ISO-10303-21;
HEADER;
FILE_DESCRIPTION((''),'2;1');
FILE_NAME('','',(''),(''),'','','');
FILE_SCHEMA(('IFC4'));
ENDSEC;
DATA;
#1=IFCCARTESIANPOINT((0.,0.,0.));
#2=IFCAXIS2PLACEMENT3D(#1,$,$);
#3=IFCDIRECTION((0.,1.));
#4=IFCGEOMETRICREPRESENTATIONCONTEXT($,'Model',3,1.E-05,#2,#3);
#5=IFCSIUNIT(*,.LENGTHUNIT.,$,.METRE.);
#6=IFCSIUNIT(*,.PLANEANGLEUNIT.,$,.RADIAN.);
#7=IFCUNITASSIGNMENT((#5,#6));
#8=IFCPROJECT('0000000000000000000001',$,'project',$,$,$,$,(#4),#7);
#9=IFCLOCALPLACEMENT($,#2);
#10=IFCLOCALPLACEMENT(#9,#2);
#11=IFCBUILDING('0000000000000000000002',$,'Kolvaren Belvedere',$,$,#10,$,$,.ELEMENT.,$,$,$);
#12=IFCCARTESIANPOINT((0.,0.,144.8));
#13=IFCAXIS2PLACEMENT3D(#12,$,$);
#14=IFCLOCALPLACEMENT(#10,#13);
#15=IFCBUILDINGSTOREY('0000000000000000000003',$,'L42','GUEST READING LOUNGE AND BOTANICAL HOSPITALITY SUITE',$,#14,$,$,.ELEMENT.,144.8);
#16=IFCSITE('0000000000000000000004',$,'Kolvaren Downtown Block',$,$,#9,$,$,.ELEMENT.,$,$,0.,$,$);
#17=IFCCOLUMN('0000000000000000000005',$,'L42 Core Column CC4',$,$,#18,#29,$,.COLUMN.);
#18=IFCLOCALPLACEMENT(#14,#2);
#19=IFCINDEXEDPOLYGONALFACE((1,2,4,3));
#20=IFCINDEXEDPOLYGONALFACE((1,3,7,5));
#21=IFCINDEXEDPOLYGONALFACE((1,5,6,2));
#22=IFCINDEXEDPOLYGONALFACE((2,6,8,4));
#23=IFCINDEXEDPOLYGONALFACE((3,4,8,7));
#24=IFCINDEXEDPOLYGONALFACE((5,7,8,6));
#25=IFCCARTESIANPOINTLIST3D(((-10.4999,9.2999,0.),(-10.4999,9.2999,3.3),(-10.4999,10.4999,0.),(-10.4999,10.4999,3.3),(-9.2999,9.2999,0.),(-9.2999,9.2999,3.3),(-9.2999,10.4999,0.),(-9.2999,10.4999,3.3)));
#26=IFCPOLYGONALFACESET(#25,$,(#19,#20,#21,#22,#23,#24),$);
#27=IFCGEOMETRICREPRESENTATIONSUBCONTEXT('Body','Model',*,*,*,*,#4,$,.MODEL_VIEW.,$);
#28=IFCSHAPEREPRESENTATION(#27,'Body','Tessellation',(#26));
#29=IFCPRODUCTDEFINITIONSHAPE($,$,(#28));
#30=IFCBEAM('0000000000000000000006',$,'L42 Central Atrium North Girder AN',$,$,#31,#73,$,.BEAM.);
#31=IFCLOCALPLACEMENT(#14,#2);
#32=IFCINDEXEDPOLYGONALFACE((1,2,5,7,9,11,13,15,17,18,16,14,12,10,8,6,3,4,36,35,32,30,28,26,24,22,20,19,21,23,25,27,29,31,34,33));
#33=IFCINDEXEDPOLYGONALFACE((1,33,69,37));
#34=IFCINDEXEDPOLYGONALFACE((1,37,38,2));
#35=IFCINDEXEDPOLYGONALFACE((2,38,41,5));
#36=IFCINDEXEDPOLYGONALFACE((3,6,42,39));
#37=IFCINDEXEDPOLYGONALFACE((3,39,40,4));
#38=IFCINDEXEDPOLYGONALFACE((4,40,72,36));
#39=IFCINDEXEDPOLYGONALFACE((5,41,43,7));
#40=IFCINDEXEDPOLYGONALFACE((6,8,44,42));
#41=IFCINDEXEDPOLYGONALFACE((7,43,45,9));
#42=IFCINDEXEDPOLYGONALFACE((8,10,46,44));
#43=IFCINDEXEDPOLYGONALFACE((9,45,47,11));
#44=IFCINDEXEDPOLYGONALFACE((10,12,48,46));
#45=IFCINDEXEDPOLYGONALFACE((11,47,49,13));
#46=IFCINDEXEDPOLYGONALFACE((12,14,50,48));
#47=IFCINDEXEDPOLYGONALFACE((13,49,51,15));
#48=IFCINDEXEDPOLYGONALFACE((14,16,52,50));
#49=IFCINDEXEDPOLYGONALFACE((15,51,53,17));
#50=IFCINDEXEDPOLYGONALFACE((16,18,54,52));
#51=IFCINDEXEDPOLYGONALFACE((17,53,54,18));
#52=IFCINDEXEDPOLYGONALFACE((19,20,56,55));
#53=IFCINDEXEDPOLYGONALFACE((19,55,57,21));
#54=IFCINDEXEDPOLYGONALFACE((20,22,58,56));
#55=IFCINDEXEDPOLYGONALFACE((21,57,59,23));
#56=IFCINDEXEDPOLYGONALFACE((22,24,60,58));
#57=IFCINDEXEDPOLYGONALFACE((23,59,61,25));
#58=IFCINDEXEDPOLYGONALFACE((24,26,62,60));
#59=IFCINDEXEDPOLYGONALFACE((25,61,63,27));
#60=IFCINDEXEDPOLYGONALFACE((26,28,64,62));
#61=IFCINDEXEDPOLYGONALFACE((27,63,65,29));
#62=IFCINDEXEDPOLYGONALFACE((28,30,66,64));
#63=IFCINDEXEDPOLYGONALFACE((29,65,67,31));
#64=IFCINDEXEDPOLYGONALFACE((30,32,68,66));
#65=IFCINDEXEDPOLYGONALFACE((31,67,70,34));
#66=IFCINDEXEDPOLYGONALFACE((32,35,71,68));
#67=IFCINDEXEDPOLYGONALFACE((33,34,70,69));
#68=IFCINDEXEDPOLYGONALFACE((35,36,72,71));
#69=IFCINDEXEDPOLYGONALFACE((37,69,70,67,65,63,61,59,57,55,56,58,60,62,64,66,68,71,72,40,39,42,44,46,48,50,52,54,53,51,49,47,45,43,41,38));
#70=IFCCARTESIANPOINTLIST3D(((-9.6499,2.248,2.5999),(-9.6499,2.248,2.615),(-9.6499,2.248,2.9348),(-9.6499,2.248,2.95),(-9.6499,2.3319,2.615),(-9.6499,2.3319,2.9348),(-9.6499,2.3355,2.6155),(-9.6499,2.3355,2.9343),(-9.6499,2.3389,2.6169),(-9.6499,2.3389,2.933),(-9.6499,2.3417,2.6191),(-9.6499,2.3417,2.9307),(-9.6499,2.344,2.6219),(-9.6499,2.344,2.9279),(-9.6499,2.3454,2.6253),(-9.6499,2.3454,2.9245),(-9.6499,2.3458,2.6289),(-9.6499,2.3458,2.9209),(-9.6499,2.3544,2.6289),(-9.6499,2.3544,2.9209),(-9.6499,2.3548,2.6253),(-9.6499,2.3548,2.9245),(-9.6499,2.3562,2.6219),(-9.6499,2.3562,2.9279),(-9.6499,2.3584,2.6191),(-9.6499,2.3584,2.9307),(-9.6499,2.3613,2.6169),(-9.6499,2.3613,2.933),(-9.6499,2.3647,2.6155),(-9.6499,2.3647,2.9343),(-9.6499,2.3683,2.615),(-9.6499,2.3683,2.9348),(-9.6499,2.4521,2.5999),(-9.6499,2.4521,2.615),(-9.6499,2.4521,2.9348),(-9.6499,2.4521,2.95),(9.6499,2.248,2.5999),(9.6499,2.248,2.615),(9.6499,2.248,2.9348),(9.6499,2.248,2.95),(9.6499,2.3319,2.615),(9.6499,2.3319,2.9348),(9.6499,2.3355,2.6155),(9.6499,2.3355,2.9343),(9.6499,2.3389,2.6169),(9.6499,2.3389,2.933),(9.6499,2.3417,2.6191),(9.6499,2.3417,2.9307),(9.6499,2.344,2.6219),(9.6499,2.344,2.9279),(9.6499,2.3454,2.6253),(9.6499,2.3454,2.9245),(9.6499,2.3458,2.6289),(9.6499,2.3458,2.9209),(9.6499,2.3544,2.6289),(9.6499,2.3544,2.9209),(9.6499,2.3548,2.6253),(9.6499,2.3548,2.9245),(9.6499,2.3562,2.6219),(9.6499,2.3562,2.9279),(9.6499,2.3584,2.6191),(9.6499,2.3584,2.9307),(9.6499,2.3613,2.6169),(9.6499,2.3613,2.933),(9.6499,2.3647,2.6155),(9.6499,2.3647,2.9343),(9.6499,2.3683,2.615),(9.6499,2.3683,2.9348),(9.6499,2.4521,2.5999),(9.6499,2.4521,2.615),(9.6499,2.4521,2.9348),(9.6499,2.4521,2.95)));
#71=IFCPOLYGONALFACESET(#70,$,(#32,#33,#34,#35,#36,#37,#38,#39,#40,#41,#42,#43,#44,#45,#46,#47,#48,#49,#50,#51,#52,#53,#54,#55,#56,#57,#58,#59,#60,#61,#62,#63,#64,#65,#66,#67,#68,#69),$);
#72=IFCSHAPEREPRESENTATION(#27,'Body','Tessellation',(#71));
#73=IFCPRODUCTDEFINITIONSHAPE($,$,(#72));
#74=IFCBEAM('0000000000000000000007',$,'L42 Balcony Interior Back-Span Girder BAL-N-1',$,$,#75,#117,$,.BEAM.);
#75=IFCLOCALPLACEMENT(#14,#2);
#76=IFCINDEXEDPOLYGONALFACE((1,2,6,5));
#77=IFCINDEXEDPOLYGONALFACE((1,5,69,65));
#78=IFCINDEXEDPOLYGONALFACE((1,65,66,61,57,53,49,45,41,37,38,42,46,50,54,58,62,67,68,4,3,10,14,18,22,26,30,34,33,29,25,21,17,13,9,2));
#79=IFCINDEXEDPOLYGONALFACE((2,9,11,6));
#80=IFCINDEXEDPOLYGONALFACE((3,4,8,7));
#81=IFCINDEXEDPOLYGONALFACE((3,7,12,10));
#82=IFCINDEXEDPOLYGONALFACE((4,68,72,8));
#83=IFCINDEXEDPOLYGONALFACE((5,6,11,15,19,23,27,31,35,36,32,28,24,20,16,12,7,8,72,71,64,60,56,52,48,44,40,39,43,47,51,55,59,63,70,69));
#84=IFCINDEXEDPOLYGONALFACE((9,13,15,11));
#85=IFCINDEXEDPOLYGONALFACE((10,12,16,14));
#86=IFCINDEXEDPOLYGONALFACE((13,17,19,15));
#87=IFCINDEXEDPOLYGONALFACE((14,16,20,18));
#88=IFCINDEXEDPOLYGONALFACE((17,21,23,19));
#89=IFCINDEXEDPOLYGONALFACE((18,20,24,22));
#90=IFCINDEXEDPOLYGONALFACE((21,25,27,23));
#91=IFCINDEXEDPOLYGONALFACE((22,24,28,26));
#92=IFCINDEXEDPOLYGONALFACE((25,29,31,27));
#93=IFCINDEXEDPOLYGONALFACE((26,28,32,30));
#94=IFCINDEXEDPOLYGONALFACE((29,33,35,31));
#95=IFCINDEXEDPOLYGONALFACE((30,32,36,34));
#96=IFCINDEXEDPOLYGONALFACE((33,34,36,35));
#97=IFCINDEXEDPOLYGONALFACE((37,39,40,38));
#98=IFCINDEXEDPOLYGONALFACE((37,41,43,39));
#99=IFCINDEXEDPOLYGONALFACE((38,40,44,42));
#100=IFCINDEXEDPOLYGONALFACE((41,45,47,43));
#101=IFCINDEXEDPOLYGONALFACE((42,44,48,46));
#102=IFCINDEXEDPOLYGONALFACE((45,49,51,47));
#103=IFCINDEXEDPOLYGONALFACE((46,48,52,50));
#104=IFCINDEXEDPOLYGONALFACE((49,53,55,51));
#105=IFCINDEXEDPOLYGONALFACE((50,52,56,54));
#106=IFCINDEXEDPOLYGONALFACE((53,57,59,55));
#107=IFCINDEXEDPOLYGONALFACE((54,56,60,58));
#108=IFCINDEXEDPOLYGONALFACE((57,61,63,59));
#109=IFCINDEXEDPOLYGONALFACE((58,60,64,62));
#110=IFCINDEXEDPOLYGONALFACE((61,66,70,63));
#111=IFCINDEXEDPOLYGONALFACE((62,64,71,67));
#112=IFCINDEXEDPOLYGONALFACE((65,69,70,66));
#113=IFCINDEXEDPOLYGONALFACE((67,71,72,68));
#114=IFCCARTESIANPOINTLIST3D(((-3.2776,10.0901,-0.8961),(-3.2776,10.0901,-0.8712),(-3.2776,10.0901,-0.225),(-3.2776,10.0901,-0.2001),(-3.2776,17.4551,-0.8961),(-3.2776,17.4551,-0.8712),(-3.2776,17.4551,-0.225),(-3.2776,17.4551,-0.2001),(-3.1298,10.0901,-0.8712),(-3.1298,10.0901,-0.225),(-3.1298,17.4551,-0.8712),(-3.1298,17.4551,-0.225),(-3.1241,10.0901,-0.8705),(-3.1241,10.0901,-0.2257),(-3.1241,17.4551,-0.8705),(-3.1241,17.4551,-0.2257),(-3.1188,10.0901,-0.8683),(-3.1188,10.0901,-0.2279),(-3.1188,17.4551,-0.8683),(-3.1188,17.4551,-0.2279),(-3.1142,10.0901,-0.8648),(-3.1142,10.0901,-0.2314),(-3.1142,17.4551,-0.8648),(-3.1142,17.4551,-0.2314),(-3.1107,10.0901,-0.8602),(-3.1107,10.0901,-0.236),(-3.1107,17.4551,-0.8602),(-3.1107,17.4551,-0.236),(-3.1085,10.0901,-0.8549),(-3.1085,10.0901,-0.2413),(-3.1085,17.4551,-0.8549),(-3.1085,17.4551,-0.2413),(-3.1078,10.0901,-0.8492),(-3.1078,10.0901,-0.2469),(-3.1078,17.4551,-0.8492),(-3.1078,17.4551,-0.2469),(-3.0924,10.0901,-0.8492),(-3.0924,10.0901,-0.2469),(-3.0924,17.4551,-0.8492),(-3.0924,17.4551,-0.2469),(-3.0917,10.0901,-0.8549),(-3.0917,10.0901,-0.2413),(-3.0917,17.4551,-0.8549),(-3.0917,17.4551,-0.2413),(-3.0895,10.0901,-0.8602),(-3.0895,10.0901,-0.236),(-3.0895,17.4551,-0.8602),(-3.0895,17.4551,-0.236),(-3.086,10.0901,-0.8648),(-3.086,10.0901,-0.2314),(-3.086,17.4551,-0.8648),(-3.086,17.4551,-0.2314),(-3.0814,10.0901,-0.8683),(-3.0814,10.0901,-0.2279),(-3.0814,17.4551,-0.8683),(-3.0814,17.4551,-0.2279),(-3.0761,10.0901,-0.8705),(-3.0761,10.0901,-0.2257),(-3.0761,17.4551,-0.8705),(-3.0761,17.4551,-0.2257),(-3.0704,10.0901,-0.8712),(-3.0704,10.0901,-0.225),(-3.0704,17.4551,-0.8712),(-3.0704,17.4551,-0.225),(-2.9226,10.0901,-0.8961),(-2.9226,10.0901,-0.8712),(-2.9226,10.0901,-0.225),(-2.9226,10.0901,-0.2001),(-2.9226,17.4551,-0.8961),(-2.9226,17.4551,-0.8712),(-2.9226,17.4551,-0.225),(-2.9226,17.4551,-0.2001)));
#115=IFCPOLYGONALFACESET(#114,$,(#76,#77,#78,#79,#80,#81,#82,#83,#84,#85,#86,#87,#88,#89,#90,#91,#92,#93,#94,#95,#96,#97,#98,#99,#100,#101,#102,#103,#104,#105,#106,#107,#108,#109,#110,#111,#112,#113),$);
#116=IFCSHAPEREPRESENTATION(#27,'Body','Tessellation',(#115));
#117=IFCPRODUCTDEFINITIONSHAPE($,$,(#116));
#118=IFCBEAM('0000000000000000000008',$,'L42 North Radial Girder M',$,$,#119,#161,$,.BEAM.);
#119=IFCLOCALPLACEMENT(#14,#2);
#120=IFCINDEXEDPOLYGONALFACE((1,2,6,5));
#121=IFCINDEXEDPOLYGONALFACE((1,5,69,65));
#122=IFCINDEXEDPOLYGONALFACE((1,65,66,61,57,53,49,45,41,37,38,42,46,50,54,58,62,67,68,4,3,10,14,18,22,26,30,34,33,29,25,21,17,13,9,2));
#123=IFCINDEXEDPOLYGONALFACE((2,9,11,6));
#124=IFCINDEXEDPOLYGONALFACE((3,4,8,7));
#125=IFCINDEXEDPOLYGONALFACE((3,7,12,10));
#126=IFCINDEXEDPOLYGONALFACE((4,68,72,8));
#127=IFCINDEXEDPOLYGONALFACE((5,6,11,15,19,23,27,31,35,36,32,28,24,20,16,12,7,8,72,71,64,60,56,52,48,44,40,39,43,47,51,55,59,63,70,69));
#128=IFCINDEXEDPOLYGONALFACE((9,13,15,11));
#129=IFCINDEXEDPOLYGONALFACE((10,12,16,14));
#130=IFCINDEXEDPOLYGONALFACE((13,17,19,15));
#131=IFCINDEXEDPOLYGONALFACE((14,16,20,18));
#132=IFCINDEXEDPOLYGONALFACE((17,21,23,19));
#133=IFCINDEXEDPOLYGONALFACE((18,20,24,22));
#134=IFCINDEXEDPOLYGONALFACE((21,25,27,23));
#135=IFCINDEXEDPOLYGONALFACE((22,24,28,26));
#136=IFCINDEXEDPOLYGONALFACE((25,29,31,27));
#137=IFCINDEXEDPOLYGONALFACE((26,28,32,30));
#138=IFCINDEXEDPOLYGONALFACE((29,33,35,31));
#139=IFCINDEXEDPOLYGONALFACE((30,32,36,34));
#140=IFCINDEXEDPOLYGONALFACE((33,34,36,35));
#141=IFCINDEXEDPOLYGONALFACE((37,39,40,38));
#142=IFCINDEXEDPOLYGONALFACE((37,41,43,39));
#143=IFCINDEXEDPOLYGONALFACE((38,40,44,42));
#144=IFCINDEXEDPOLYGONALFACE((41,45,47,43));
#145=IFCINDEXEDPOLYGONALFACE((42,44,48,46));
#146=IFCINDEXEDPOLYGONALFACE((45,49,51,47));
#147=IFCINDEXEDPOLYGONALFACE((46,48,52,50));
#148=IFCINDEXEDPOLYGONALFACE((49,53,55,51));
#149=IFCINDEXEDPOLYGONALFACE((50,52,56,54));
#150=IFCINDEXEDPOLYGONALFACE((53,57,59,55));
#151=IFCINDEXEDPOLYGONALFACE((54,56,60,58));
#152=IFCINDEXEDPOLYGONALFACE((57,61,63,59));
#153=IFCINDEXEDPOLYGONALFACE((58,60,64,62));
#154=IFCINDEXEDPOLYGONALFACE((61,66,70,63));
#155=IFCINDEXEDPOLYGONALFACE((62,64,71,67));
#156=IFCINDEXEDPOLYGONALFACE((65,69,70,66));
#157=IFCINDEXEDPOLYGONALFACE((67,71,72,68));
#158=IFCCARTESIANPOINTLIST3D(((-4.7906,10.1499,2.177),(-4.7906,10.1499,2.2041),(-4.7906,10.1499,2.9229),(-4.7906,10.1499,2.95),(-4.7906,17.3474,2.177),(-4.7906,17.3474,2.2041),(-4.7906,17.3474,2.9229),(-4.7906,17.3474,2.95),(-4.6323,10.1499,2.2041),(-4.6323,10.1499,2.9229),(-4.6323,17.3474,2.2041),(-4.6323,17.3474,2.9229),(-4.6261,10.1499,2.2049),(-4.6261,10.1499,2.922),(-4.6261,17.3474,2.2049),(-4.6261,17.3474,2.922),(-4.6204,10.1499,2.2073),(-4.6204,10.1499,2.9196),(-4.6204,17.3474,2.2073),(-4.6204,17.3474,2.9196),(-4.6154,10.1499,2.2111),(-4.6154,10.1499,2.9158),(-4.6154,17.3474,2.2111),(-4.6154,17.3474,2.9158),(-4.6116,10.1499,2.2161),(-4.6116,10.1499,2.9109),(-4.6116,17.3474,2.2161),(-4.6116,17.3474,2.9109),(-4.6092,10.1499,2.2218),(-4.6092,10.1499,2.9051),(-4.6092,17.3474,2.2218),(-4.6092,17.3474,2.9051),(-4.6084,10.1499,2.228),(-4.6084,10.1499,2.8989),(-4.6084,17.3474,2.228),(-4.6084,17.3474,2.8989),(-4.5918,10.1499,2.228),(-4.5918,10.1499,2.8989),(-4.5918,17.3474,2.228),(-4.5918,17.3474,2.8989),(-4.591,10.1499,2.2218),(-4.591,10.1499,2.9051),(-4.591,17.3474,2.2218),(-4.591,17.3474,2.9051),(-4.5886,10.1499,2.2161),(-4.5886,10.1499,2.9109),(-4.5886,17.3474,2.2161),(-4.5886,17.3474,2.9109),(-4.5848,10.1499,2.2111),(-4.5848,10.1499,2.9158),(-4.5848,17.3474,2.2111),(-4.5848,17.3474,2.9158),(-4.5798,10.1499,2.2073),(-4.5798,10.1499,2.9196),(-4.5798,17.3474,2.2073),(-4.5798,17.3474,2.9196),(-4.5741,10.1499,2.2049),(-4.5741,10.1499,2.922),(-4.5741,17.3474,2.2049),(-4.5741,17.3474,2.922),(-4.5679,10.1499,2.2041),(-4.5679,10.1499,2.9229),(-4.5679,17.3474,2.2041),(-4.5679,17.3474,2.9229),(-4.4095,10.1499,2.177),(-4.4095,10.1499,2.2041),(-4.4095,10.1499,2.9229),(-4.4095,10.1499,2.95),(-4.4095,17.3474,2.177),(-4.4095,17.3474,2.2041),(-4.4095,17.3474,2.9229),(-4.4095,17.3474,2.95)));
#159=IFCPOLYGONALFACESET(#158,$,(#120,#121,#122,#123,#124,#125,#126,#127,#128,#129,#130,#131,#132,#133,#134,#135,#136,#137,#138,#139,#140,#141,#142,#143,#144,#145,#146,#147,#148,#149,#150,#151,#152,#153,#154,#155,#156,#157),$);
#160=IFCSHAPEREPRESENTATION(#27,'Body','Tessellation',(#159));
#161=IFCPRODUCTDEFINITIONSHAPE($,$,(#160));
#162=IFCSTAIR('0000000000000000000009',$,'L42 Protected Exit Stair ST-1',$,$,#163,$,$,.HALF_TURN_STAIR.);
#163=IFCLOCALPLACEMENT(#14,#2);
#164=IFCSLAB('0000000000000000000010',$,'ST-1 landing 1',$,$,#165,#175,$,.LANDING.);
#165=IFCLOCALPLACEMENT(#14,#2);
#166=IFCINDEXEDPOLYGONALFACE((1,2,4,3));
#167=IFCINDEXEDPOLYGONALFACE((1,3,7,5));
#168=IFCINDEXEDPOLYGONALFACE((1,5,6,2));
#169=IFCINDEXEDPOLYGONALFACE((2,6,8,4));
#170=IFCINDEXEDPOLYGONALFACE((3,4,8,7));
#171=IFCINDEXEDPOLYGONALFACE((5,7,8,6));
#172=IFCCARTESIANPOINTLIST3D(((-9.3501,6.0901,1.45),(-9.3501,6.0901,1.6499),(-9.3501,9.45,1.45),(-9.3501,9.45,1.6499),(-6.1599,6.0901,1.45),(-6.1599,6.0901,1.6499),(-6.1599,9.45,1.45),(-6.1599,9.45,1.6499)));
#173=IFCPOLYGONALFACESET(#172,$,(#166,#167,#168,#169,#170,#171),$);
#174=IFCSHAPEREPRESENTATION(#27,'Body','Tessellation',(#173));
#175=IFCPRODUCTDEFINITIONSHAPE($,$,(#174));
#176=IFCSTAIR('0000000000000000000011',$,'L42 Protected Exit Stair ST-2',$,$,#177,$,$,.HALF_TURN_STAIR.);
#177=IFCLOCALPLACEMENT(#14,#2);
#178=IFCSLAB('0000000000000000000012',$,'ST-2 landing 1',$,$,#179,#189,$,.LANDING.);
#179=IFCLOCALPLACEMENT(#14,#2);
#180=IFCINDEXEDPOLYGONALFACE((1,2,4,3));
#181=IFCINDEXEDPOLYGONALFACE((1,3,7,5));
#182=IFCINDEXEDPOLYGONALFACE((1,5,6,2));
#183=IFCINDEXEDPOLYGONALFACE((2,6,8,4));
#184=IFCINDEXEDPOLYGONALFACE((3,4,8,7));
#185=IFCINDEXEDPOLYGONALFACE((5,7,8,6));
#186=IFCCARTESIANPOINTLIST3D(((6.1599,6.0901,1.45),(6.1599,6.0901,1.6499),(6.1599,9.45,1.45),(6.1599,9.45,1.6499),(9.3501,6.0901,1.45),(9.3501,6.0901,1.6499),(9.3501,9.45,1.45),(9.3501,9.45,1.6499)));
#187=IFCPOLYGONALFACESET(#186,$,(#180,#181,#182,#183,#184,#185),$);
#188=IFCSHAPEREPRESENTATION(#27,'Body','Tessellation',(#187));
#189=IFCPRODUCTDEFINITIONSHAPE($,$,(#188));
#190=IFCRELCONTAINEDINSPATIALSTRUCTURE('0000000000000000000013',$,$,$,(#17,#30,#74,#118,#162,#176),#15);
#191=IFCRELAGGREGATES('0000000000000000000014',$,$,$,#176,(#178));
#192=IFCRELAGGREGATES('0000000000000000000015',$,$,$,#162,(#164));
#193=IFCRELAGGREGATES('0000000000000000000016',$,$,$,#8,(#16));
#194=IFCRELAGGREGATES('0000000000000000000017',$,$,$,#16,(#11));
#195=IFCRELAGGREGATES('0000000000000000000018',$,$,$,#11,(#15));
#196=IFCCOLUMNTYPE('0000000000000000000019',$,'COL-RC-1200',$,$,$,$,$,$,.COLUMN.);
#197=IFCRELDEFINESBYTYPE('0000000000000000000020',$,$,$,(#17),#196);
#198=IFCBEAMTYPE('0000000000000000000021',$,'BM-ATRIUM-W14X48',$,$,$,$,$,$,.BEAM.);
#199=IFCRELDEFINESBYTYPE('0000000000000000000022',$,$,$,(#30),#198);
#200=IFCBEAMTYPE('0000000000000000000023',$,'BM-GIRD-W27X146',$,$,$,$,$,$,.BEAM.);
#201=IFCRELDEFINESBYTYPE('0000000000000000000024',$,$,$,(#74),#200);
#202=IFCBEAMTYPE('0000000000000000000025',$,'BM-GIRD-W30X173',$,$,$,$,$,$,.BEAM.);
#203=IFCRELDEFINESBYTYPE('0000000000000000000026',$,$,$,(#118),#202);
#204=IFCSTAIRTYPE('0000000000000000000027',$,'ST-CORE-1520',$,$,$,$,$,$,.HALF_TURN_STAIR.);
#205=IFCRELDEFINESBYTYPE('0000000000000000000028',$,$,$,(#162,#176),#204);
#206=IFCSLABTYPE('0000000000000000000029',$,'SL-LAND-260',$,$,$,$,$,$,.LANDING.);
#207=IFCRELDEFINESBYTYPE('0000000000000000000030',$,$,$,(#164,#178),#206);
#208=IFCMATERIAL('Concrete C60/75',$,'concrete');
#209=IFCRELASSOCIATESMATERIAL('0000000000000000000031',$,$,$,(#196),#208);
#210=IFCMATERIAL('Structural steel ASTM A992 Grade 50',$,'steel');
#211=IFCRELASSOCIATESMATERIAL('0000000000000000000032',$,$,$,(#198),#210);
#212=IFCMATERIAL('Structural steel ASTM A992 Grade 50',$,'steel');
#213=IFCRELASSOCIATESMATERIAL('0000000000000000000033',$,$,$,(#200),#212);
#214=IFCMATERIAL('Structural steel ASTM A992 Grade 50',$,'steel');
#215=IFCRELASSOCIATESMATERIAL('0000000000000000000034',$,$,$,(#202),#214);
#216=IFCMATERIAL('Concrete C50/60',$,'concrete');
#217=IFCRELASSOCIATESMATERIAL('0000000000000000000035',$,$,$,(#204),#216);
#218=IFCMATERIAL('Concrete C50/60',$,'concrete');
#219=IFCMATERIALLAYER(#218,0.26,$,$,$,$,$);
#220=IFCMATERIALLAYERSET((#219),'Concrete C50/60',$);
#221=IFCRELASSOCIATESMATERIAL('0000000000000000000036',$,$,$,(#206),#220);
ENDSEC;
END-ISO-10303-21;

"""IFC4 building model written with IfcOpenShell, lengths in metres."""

from ifc_helpers import new_model, si_unit, direction, frame, origin, origin_2d, place, context, subcontext, project, spatial, polyline, rectangle, i_section, outline, extrude, material, layer, layer_set, material_profile, profile_set, type_object, element, aggregate, save


model = new_model("IFC4")

# Units and contexts
model_context = context("Model", 3, precision=1e-05, world=origin(), true_north=direction((0.0, 1.0)))
body_context = subcontext(model_context, "Body", "Model", "MODEL_VIEW")
ifc_project = project(units=[si_unit("LENGTHUNIT", "METRE"), si_unit("PLANEANGLEUNIT", "RADIAN")], contexts=[model_context])

# Site, building, storey
site_placement = place(None, origin())
site = spatial("IfcSite", under=ifc_project, at=site_placement, Name="Kolvaren Downtown Block", CompositionType="ELEMENT", RefElevation=0.0)
building_placement = place(site_placement, origin())
building = spatial("IfcBuilding", under=site, at=building_placement, Name="Kolvaren Belvedere", CompositionType="ELEMENT")
storey_placement = place(building_placement, frame((0.0, 0.0, 144.8)))
storey = spatial("IfcBuildingStorey", under=building, at=storey_placement, Name="L42", Description="GUEST READING LOUNGE AND BOTANICAL HOSPITALITY SUITE", CompositionType="ELEMENT", Elevation=144.8)

# Column
ifc_material_1 = material(Name="Concrete C60/75", Category="concrete")
ifc_material_profile_1 = material_profile(ifc_material_1, rectangle(XDim=1.2, YDim=1.2, at=origin_2d()), Name="RC 1200X1200")
ifc_profile_set_1 = profile_set([ifc_material_profile_1], Name="Concrete C60/75")
column_type = type_object("IfcColumnType", Name="COL-RC-1200", PredefinedType="COLUMN", material=ifc_profile_set_1)
column_placement = place(storey_placement, frame((-9.8999, 9.8999, 0.0), z_axis=(0.0, 0.0, 1.0), x_axis=(1.0, 0.0, 0.0)))
element("IfcColumn", 1, at=column_placement, inside=storey, type_object=column_type, Name="L42 Core Column CC4", PredefinedType="COLUMN", context=body_context, shape_type="SweptSolid", body=[
    extrude(rectangle(XDim=1.2, YDim=1.2, at=origin_2d()), origin(), (0.0, 0.0, 1.0), 3.3),
])

# Beams
ifc_material_2 = material(Name="Structural steel ASTM A992 Grade 50", Category="steel")
ifc_material_profile_2 = material_profile(ifc_material_2, i_section(OverallWidth=0.2041, OverallDepth=0.3501, WebThickness=0.0085, FlangeThickness=0.0151, FilletRadius=0.0139, at=origin_2d()), Name="W14X48")
ifc_profile_set_2 = profile_set([ifc_material_profile_2], Name="Structural steel ASTM A992 Grade 50")
beam_type_1 = type_object("IfcBeamType", Name="BM-ATRIUM-W14X48", PredefinedType="BEAM", material=ifc_profile_set_2)
beam_1_placement = place(storey_placement, frame((-9.6499, 2.3501, 2.7749), z_axis=(1.0, 0.0, 0.0), x_axis=(0.0, 1.0, 0.0)))
element("IfcBeam", 2, at=beam_1_placement, inside=storey, type_object=beam_type_1, Name="L42 Central Atrium North Girder AN", PredefinedType="BEAM", context=body_context, shape_type="SweptSolid", body=[
    extrude(i_section(OverallWidth=0.2041, OverallDepth=0.3501, WebThickness=0.0085, FlangeThickness=0.0151, FilletRadius=0.0139, at=origin_2d()), origin(), (0.0, 0.0, 1.0), 19.2998),
])
ifc_material_3 = material(Name="Structural steel ASTM A992 Grade 50", Category="steel")
ifc_material_profile_3 = material_profile(ifc_material_3, i_section(OverallWidth=0.355, OverallDepth=0.696, WebThickness=0.0154, FlangeThickness=0.0249, FilletRadius=0.022, at=origin_2d()), Name="W27X146")
ifc_profile_set_3 = profile_set([ifc_material_profile_3], Name="Structural steel ASTM A992 Grade 50")
beam_type_2 = type_object("IfcBeamType", Name="BM-GIRD-W27X146", PredefinedType="BEAM", material=ifc_profile_set_3)
beam_2_placement = place(storey_placement, frame((-3.1001, 10.0901, -0.5481), z_axis=(0.0, 1.0, 0.0), x_axis=(-1.0, 0.0, 0.0)))
element("IfcBeam", 3, at=beam_2_placement, inside=storey, type_object=beam_type_2, Name="L42 Balcony Interior Back-Span Girder BAL-N-1", PredefinedType="BEAM", context=body_context, shape_type="SweptSolid", body=[
    extrude(i_section(OverallWidth=0.355, OverallDepth=0.696, WebThickness=0.0154, FlangeThickness=0.0249, FilletRadius=0.022, at=origin_2d()), origin(), (0.0, 0.0, 1.0), 7.365),
])
ifc_material_4 = material(Name="Structural steel ASTM A992 Grade 50", Category="steel")
ifc_material_profile_4 = material_profile(ifc_material_4, i_section(OverallWidth=0.3811, OverallDepth=0.7729, WebThickness=0.0166, FlangeThickness=0.0271, FilletRadius=0.0239, at=origin_2d()), Name="W30X173")
ifc_profile_set_4 = profile_set([ifc_material_profile_4], Name="Structural steel ASTM A992 Grade 50")
beam_type_3 = type_object("IfcBeamType", Name="BM-GIRD-W30X173", PredefinedType="BEAM", material=ifc_profile_set_4)
beam_3_placement = place(storey_placement, frame((-4.6001, 10.1499, 2.5635), z_axis=(0.0, 1.0, 0.0), x_axis=(-1.0, 0.0, 0.0)))
element("IfcBeam", 4, at=beam_3_placement, inside=storey, type_object=beam_type_3, Name="L42 North Radial Girder M", PredefinedType="BEAM", context=body_context, shape_type="SweptSolid", body=[
    extrude(i_section(OverallWidth=0.3811, OverallDepth=0.7729, WebThickness=0.0166, FlangeThickness=0.0271, FilletRadius=0.0239, at=origin_2d()), origin(), (0.0, 0.0, 1.0), 7.1975),
])

# Stairs, slabs
ifc_material_5 = material(Name="Concrete C50/60", Category="concrete")
stair_type = type_object("IfcStairType", Name="ST-CORE-1520", PredefinedType="HALF_TURN_STAIR", material=ifc_material_5)
stair_1_placement = place(storey_placement, origin())
stair_1 = element("IfcStair", 5, at=stair_1_placement, inside=storey, type_object=stair_type, Name="L42 Protected Exit Stair ST-1", PredefinedType="HALF_TURN_STAIR")
ifc_material_6 = material(Name="Concrete C50/60", Category="concrete")
ifc_layer_1 = layer(ifc_material_6, 0.26)
ifc_layer_set_1 = layer_set([ifc_layer_1], Name="Concrete C50/60")
slab_type = type_object("IfcSlabType", Name="SL-LAND-260", PredefinedType="LANDING", material=ifc_layer_set_1)
slab_1_placement = place(storey_placement, frame((0.0, 0.0, 1.45)))
slab_1 = element("IfcSlab", 6, at=slab_1_placement, type_object=slab_type, Name="ST-1 landing 1", PredefinedType="LANDING", context=body_context, shape_type="SweptSolid", body=[
    extrude(outline(polyline([(-6.1599, 6.0901), (-6.1599, 9.45), (-9.3501, 9.45), (-9.3501, 6.0901), (-6.1599, 6.0901)])), origin(), (0.0, 0.0, 1.0), 0.2),
])
stair_2_placement = place(storey_placement, origin())
stair_2 = element("IfcStair", 7, at=stair_2_placement, inside=storey, type_object=stair_type, Name="L42 Protected Exit Stair ST-2", PredefinedType="HALF_TURN_STAIR")
slab_2_placement = place(storey_placement, frame((0.0, 0.0, 1.45)))
slab_2 = element("IfcSlab", 8, at=slab_2_placement, type_object=slab_type, Name="ST-2 landing 1", PredefinedType="LANDING", context=body_context, shape_type="SweptSolid", body=[
    extrude(outline(polyline([(9.3501, 6.0901), (9.3501, 9.45), (6.1599, 9.45), (6.1599, 6.0901), (9.3501, 6.0901)])), origin(), (0.0, 0.0, 1.0), 0.2),
])
aggregate(stair_2, [slab_2])

aggregate(stair_1, [slab_1])

save(model, "model.ifc")
